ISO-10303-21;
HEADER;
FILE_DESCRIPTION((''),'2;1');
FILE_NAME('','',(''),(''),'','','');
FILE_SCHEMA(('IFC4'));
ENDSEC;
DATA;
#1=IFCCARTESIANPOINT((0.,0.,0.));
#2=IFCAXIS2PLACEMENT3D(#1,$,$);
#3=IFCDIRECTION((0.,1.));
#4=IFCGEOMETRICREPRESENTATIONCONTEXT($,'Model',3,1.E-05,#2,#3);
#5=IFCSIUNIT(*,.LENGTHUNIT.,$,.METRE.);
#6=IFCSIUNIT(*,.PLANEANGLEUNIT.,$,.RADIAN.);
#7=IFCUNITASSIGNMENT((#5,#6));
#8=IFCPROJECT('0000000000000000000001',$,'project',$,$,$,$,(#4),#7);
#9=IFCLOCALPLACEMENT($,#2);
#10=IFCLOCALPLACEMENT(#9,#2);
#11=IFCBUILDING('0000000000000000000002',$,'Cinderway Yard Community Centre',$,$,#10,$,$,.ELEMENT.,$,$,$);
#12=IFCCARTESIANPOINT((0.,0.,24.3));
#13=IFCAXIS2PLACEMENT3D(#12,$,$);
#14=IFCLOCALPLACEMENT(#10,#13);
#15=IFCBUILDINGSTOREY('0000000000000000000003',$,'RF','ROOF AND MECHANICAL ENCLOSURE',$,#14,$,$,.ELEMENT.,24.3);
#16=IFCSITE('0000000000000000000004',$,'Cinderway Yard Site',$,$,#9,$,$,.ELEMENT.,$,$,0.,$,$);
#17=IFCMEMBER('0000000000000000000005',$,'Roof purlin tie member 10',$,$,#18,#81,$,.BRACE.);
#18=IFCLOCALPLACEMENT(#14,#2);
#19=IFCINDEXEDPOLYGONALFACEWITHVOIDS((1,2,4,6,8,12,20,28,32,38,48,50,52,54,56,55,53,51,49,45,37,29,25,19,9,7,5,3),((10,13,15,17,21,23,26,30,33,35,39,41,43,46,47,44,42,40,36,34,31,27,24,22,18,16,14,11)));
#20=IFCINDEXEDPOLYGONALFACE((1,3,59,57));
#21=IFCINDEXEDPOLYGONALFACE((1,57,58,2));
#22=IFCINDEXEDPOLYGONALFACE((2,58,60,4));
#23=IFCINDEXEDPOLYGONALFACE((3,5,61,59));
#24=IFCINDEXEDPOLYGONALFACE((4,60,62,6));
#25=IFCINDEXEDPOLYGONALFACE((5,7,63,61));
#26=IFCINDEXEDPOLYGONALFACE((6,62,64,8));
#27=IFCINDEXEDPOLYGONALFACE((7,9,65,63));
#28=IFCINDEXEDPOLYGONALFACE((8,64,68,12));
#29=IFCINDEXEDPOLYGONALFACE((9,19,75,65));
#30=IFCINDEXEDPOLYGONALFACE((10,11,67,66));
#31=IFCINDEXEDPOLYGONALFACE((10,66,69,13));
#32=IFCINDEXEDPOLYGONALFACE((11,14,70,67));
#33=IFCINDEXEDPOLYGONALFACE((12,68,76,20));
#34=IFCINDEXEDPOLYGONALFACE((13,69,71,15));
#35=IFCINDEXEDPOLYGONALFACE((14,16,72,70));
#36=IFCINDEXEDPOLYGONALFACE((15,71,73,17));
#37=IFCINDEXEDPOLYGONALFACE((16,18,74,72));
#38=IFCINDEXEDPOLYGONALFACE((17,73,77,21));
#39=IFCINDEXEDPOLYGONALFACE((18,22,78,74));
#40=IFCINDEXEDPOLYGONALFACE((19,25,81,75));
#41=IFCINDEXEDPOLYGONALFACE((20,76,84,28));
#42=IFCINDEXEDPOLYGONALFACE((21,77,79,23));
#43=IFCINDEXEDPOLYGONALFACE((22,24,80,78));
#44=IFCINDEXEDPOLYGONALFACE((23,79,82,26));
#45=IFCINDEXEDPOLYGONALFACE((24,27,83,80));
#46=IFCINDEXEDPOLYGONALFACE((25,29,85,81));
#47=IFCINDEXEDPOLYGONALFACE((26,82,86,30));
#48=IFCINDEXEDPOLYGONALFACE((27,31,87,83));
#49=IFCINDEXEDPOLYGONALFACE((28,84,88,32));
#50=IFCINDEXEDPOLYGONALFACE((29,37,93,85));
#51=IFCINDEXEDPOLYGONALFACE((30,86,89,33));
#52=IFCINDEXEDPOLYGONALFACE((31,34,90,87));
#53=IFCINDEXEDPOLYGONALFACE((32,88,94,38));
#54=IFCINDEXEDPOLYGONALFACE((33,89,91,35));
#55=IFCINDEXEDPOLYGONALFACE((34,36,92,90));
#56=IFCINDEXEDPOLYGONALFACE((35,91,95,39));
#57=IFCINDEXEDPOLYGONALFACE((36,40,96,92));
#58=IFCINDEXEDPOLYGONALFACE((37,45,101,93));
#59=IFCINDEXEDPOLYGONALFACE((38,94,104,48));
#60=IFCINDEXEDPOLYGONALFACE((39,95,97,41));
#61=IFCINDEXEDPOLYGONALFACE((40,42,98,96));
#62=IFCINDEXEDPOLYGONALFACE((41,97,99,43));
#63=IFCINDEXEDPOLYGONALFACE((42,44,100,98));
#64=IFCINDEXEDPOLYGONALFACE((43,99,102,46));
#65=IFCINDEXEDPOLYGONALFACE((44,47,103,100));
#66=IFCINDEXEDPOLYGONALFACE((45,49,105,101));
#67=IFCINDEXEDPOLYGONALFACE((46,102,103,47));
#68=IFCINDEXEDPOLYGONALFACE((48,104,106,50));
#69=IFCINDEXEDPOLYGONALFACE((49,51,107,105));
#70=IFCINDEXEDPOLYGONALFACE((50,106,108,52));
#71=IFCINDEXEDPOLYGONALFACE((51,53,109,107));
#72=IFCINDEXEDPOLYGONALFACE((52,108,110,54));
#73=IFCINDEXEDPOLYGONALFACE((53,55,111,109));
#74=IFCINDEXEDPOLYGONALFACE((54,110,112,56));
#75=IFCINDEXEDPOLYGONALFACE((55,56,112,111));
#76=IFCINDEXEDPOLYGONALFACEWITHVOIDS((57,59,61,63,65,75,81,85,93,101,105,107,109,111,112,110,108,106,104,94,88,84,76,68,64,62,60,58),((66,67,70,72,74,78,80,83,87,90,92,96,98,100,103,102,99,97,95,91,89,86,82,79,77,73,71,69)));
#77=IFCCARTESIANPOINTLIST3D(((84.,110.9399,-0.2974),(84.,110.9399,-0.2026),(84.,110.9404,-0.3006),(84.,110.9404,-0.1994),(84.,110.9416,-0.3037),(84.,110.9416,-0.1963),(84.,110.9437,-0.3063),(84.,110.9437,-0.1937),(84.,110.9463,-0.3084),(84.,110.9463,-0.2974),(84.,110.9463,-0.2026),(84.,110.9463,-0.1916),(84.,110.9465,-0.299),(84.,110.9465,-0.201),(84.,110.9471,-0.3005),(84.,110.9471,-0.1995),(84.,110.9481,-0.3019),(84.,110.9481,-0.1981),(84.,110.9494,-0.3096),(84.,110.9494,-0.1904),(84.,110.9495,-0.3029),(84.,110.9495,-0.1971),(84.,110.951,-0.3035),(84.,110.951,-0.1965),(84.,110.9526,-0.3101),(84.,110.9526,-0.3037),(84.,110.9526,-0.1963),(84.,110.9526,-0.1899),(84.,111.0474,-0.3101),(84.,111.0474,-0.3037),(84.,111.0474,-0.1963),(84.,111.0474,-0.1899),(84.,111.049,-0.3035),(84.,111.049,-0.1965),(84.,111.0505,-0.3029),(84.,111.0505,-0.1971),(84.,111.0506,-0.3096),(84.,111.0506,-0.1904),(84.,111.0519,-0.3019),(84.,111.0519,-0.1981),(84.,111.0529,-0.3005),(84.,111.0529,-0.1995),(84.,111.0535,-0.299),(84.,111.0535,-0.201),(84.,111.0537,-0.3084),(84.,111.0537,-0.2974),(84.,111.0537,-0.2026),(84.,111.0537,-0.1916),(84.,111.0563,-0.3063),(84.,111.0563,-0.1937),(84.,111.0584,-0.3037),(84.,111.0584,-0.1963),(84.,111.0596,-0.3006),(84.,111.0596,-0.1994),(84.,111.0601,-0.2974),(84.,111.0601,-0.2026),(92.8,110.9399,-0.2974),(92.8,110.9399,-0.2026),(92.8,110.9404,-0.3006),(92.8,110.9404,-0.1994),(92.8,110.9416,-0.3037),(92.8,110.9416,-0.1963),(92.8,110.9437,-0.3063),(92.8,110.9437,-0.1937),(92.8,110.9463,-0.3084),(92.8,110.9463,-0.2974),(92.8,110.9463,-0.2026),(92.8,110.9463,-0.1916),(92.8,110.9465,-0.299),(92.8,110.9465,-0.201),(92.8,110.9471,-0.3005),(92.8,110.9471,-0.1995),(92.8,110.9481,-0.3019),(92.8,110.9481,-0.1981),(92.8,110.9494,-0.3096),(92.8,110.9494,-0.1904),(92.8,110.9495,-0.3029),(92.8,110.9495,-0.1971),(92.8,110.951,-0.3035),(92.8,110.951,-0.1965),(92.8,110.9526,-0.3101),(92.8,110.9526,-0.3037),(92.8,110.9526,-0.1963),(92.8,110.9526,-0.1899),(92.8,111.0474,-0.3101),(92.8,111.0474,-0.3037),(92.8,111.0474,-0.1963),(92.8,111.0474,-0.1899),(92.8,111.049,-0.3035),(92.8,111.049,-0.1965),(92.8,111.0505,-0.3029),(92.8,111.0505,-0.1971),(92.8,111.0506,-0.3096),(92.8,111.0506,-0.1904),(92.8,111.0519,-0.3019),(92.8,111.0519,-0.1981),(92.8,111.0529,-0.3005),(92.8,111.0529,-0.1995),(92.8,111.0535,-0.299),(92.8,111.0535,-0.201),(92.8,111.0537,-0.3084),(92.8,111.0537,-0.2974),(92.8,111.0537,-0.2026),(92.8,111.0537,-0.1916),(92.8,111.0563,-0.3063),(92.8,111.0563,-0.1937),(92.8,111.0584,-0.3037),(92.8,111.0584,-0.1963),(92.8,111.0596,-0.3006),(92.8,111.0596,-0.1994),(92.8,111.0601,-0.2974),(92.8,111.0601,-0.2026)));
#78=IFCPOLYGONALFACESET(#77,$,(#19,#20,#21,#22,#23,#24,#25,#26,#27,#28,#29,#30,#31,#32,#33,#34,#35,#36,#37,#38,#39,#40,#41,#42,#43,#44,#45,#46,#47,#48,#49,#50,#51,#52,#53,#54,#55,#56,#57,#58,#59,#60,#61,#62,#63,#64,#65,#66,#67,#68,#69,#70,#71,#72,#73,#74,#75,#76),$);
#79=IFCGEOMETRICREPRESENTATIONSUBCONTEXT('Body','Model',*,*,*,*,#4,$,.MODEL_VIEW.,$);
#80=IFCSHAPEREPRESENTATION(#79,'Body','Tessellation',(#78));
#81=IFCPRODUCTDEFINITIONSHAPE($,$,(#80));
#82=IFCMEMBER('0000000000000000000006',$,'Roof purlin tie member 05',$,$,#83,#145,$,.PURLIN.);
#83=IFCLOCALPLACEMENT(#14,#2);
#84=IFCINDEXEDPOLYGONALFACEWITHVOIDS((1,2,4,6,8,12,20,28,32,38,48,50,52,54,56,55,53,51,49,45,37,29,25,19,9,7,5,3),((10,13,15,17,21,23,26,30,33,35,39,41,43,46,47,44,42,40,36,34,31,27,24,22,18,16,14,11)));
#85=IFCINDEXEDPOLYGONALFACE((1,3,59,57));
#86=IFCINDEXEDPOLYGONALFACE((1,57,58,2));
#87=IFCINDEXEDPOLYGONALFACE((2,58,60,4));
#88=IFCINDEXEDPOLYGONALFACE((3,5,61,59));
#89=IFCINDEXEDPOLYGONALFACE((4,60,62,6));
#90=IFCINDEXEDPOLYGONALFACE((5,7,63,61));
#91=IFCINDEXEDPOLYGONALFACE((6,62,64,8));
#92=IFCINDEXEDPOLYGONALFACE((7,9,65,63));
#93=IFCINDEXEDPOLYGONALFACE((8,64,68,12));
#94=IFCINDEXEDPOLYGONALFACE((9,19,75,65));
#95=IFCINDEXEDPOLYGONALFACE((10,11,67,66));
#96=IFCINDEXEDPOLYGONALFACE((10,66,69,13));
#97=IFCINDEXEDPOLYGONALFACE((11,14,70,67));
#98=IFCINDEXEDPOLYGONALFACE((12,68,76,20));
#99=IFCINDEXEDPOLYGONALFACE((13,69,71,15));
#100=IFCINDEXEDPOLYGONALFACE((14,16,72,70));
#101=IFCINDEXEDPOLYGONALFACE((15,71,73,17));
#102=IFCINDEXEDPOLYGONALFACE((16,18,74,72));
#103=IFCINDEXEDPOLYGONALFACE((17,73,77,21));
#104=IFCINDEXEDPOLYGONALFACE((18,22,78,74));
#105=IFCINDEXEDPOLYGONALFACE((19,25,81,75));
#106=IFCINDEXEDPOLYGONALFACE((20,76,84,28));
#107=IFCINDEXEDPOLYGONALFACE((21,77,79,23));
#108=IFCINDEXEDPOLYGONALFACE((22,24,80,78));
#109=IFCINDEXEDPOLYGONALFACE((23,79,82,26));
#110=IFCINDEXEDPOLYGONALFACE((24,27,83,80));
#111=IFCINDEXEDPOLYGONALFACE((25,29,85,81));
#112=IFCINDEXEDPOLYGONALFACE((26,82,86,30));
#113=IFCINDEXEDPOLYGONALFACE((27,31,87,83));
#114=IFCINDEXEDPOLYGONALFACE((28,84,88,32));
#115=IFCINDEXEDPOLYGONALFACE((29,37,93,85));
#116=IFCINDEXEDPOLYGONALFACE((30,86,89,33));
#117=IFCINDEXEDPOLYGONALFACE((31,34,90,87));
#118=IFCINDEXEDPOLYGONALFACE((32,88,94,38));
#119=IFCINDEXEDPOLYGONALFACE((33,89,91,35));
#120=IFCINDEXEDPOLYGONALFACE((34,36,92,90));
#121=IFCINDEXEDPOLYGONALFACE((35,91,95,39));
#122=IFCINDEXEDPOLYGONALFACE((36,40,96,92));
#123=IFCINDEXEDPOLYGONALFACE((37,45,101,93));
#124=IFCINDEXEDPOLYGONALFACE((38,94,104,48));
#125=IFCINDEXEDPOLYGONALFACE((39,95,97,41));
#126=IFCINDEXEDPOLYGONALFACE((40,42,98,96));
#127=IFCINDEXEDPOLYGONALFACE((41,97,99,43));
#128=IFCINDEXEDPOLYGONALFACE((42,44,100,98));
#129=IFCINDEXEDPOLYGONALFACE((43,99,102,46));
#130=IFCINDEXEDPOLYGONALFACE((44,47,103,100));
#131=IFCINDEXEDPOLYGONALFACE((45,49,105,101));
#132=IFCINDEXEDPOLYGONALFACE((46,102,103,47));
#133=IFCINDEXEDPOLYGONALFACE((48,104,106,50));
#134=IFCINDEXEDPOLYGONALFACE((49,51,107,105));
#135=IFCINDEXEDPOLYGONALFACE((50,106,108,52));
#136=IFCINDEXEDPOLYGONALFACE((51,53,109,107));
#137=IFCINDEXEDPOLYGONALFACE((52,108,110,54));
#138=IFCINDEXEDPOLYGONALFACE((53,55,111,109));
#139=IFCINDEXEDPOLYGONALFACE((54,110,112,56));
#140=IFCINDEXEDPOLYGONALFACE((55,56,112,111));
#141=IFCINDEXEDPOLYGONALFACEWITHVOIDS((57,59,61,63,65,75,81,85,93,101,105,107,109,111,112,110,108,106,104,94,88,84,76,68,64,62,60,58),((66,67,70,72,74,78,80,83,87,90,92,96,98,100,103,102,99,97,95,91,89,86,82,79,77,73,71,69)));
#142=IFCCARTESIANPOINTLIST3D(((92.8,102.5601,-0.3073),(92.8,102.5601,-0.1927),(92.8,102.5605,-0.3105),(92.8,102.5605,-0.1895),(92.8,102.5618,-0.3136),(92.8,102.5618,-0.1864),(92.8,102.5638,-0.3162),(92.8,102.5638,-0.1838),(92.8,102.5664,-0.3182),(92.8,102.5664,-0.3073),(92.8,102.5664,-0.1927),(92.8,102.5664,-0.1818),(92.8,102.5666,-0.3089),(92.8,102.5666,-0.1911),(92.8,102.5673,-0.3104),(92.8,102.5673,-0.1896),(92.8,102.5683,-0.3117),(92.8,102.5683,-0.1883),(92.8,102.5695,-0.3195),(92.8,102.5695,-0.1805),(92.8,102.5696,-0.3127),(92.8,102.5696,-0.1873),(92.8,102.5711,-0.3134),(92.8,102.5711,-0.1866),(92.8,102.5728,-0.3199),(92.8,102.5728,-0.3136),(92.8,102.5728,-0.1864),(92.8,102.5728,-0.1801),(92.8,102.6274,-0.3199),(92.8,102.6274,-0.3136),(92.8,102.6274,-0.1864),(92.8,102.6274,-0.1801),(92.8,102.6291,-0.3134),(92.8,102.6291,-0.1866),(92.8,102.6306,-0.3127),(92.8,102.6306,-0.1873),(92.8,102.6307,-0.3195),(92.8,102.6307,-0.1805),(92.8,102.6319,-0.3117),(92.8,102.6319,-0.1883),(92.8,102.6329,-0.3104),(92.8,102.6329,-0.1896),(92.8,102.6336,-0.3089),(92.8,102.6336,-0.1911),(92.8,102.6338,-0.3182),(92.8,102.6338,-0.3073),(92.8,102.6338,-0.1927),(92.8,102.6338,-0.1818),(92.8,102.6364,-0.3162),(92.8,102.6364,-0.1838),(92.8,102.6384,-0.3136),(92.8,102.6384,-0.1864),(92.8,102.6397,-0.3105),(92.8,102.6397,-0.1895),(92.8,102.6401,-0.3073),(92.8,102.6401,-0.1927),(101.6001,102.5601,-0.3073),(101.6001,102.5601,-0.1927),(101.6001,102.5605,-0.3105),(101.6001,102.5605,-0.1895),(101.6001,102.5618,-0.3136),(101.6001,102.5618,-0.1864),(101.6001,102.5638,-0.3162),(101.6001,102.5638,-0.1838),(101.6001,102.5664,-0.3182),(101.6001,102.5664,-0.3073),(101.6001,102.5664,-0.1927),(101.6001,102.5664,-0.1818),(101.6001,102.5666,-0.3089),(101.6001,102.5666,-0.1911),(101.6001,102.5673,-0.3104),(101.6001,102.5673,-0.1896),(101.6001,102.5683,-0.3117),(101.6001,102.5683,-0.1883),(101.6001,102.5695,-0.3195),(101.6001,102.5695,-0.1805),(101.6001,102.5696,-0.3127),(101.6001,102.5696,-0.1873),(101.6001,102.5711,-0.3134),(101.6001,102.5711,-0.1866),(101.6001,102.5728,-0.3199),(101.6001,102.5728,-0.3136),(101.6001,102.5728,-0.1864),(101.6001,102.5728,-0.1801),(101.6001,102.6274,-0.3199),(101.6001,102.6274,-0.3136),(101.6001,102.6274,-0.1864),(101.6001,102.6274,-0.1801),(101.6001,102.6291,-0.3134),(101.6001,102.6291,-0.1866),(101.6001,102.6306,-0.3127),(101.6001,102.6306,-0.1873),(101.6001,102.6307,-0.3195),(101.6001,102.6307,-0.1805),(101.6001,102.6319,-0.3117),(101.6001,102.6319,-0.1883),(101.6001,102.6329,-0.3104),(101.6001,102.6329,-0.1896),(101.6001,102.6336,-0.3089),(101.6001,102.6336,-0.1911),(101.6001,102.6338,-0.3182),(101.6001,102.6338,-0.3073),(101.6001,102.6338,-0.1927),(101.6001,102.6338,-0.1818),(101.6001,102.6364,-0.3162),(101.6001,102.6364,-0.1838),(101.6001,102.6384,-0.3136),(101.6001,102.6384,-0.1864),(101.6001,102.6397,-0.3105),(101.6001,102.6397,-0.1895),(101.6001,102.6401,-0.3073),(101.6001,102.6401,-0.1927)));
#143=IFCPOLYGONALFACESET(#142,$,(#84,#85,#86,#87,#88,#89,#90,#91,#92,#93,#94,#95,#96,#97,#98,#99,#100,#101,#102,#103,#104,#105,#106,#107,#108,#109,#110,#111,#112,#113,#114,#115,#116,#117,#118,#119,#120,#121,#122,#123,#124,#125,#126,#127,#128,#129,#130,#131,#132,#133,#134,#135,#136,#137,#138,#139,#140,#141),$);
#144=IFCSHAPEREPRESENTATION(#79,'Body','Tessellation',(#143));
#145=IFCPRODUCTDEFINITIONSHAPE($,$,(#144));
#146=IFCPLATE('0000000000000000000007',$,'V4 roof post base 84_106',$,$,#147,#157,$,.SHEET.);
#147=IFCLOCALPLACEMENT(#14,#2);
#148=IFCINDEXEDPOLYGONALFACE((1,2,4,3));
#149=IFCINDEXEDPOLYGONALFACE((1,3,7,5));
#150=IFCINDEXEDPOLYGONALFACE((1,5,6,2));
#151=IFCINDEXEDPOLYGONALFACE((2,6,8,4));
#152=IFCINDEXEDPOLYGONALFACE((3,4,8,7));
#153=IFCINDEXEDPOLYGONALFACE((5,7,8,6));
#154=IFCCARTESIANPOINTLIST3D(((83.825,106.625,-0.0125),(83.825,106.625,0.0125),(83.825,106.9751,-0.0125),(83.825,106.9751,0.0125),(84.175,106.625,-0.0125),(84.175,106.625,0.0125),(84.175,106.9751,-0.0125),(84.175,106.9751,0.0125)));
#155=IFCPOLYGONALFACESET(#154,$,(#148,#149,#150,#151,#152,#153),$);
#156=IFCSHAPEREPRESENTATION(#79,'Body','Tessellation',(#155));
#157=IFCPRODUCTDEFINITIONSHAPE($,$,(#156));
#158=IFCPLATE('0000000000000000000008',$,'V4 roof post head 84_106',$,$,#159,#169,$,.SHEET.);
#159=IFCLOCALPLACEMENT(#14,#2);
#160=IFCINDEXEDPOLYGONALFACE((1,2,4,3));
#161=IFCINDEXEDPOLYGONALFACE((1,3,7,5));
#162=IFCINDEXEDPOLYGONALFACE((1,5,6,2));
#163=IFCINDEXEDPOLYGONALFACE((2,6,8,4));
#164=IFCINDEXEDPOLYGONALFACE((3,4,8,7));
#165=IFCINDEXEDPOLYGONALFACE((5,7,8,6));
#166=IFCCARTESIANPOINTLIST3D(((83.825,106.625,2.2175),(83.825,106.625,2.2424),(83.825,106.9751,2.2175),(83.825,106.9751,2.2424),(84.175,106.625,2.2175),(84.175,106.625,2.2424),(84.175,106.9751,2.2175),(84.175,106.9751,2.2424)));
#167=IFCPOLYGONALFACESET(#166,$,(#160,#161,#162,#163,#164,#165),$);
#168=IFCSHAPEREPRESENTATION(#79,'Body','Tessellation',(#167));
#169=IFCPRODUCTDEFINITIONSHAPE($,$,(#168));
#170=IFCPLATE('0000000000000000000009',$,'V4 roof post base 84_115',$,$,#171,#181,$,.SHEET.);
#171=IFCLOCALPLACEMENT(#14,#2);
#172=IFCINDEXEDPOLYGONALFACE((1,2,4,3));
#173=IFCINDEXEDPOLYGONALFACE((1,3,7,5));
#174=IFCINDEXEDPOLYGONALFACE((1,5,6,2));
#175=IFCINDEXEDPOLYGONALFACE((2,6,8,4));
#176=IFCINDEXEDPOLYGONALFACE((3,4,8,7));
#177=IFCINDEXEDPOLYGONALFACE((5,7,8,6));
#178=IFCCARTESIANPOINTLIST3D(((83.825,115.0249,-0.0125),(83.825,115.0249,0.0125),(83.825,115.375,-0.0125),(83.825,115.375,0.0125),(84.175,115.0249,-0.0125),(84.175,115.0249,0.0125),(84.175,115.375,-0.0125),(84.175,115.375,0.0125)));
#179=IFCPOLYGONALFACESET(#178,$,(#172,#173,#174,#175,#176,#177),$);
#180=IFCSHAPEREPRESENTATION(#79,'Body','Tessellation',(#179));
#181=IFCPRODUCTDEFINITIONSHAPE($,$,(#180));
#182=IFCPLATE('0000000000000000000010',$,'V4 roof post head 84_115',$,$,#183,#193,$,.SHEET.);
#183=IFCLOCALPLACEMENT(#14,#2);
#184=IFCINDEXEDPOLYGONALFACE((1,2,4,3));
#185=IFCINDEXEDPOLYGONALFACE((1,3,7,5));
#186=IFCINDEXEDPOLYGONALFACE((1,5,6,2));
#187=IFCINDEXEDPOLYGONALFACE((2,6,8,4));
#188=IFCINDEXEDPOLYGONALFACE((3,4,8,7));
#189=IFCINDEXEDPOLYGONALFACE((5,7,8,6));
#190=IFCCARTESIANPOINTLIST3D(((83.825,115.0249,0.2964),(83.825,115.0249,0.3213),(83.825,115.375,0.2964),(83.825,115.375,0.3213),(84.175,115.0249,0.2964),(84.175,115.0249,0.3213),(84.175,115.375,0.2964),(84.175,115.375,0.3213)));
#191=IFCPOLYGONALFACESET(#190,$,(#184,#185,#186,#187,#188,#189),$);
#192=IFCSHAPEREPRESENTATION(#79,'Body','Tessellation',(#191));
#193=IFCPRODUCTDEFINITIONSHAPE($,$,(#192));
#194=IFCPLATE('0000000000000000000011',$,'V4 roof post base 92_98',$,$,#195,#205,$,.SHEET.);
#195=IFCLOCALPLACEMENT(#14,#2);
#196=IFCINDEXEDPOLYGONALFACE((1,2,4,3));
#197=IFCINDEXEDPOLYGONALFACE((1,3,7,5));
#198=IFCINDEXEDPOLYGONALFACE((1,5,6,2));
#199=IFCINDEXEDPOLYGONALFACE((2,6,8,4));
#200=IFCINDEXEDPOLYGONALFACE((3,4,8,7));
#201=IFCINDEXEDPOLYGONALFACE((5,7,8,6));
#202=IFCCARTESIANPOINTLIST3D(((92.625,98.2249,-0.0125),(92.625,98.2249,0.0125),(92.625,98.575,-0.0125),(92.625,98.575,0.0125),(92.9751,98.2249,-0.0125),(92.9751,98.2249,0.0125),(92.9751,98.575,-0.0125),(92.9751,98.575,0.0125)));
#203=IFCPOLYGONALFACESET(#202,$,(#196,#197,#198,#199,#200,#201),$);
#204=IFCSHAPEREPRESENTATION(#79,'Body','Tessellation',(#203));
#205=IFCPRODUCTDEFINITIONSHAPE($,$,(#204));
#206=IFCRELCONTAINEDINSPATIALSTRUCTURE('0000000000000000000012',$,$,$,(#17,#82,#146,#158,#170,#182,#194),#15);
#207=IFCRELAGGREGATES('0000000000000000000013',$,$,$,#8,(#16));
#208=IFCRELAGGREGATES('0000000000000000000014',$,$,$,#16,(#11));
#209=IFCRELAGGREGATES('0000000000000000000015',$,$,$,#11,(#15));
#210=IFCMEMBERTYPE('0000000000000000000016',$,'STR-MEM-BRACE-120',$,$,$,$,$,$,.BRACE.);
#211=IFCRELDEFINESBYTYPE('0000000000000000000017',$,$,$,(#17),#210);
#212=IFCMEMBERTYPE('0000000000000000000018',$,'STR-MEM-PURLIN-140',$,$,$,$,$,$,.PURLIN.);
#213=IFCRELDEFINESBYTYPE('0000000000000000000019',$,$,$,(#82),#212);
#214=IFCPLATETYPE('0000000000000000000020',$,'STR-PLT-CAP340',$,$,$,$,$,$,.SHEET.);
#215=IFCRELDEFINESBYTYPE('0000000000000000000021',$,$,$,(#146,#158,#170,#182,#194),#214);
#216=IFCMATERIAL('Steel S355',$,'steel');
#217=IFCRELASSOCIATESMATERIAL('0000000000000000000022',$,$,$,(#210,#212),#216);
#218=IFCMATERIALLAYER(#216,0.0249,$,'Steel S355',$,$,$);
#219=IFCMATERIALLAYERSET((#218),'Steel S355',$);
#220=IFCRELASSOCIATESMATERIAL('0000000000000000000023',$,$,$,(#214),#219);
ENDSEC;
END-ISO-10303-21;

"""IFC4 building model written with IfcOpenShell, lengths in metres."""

from ifc_helpers import new_model, si_unit, direction, frame, origin, origin_2d, place, context, subcontext, project, spatial, rectangle, hollow_rectangle, extrude, material, layer, layer_set, material_profile, profile_set, type_object, element, save


model = new_model("IFC4")

# Units and contexts
model_context = context("Model", 3, precision=1e-05, world=origin(), true_north=direction((0.0, 1.0)))
body_context = subcontext(model_context, "Body", "Model", "MODEL_VIEW")
ifc_project = project(units=[si_unit("LENGTHUNIT", "METRE"), si_unit("PLANEANGLEUNIT", "RADIAN")], contexts=[model_context])

# Site, building, storey
site_placement = place(None, origin())
site = spatial("IfcSite", under=ifc_project, at=site_placement, Name="Cinderway Yard Site", CompositionType="ELEMENT", RefElevation=0.0)
building_placement = place(site_placement, origin())
building = spatial("IfcBuilding", under=site, at=building_placement, Name="Cinderway Yard Community Centre", CompositionType="ELEMENT")
storey_placement = place(building_placement, frame((0.0, 0.0, 24.3)))
storey = spatial("IfcBuildingStorey", under=building, at=storey_placement, Name="RF", Description="ROOF AND MECHANICAL ENCLOSURE", CompositionType="ELEMENT", Elevation=24.3)

# Shared definitions
ifc_material_1 = material(Name="Steel S355", Category="steel")

# Members
ifc_material_profile_1 = material_profile(ifc_material_1, hollow_rectangle(XDim=0.1201, YDim=0.1201, WallThickness=0.0063, InnerFilletRadius=0.0063, OuterFilletRadius=0.0127, at=origin_2d()), Name="Steel S355")
ifc_profile_set_1 = profile_set([ifc_material_profile_1], Name="Steel S355")
member_type_1 = type_object("IfcMemberType", Name="STR-MEM-BRACE-120", PredefinedType="BRACE", material=ifc_profile_set_1)
member_1_placement = place(storey_placement, frame((84.0, 111.0, -0.25), z_axis=(1.0, 0.0, 0.0), x_axis=(0.0, 1.0, 0.0)))
element("IfcMember", 1, at=member_1_placement, inside=storey, type_object=member_type_1, Name="Roof purlin tie member 10", PredefinedType="BRACE", context=body_context, shape_type="SweptSolid", body=[
    extrude(hollow_rectangle(XDim=0.1201, YDim=0.1201, WallThickness=0.0063, InnerFilletRadius=0.0063, OuterFilletRadius=0.0127, at=origin_2d()), origin(), (0.0, 0.0, 1.0), 8.8),
])
ifc_material_profile_2 = material_profile(ifc_material_1, hollow_rectangle(XDim=0.0801, YDim=0.1399, WallThickness=0.0063, InnerFilletRadius=0.0063, OuterFilletRadius=0.0127, at=origin_2d()), Name="Steel S355")
ifc_profile_set_2 = profile_set([ifc_material_profile_2], Name="Steel S355")
member_type_2 = type_object("IfcMemberType", Name="STR-MEM-PURLIN-140", PredefinedType="PURLIN", material=ifc_profile_set_2)
member_2_placement = place(storey_placement, frame((92.8, 102.6001, -0.25), z_axis=(1.0, 0.0, 0.0), x_axis=(0.0, 1.0, 0.0)))
element("IfcMember", 2, at=member_2_placement, inside=storey, type_object=member_type_2, Name="Roof purlin tie member 05", PredefinedType="PURLIN", context=body_context, shape_type="SweptSolid", body=[
    extrude(hollow_rectangle(XDim=0.0801, YDim=0.1399, WallThickness=0.0063, InnerFilletRadius=0.0063, OuterFilletRadius=0.0127, at=origin_2d()), origin(), (0.0, 0.0, 1.0), 8.8),
])

# Plates
ifc_layer_1 = layer(ifc_material_1, 0.0249, Name="Steel S355")
ifc_layer_set_1 = layer_set([ifc_layer_1], Name="Steel S355")
plate_type = type_object("IfcPlateType", Name="STR-PLT-CAP340", PredefinedType="SHEET", material=ifc_layer_set_1)
for number, where, z_axis, x_axis, name in (
    (3, (84.0, 106.8, -0.0125), (0.0, 0.0, 1.0), (1.0, 0.0, 0.0), "V4 roof post base 84_106"),
    (4, (84.0, 106.8, 2.2175), (0.0, 0.0, 1.0), (1.0, 0.0, 0.0), "V4 roof post head 84_106"),
    (5, (84.0, 115.2, -0.0125), (0.0, 0.0, 1.0), (1.0, 0.0, 0.0), "V4 roof post base 84_115"),
    (6, (84.0, 115.2, 0.2964), (0.0, 0.0, 1.0), (1.0, 0.0, 0.0), "V4 roof post head 84_115"),
    (7, (92.8, 98.3999, -0.0125), (0.0, 0.0, 1.0), (1.0, 0.0, 0.0), "V4 roof post base 92_98"),
):
    element("IfcPlate", number, at=place(storey_placement, frame(where, z_axis=z_axis, x_axis=x_axis)), inside=storey, type_object=plate_type, Name=name, PredefinedType="SHEET", context=body_context, shape_type="SweptSolid", body=[
        extrude(rectangle(XDim=0.3501, YDim=0.3501, at=origin_2d()), origin(), (0.0, 0.0, 1.0), 0.0249),
    ])

save(model, "model.ifc")
